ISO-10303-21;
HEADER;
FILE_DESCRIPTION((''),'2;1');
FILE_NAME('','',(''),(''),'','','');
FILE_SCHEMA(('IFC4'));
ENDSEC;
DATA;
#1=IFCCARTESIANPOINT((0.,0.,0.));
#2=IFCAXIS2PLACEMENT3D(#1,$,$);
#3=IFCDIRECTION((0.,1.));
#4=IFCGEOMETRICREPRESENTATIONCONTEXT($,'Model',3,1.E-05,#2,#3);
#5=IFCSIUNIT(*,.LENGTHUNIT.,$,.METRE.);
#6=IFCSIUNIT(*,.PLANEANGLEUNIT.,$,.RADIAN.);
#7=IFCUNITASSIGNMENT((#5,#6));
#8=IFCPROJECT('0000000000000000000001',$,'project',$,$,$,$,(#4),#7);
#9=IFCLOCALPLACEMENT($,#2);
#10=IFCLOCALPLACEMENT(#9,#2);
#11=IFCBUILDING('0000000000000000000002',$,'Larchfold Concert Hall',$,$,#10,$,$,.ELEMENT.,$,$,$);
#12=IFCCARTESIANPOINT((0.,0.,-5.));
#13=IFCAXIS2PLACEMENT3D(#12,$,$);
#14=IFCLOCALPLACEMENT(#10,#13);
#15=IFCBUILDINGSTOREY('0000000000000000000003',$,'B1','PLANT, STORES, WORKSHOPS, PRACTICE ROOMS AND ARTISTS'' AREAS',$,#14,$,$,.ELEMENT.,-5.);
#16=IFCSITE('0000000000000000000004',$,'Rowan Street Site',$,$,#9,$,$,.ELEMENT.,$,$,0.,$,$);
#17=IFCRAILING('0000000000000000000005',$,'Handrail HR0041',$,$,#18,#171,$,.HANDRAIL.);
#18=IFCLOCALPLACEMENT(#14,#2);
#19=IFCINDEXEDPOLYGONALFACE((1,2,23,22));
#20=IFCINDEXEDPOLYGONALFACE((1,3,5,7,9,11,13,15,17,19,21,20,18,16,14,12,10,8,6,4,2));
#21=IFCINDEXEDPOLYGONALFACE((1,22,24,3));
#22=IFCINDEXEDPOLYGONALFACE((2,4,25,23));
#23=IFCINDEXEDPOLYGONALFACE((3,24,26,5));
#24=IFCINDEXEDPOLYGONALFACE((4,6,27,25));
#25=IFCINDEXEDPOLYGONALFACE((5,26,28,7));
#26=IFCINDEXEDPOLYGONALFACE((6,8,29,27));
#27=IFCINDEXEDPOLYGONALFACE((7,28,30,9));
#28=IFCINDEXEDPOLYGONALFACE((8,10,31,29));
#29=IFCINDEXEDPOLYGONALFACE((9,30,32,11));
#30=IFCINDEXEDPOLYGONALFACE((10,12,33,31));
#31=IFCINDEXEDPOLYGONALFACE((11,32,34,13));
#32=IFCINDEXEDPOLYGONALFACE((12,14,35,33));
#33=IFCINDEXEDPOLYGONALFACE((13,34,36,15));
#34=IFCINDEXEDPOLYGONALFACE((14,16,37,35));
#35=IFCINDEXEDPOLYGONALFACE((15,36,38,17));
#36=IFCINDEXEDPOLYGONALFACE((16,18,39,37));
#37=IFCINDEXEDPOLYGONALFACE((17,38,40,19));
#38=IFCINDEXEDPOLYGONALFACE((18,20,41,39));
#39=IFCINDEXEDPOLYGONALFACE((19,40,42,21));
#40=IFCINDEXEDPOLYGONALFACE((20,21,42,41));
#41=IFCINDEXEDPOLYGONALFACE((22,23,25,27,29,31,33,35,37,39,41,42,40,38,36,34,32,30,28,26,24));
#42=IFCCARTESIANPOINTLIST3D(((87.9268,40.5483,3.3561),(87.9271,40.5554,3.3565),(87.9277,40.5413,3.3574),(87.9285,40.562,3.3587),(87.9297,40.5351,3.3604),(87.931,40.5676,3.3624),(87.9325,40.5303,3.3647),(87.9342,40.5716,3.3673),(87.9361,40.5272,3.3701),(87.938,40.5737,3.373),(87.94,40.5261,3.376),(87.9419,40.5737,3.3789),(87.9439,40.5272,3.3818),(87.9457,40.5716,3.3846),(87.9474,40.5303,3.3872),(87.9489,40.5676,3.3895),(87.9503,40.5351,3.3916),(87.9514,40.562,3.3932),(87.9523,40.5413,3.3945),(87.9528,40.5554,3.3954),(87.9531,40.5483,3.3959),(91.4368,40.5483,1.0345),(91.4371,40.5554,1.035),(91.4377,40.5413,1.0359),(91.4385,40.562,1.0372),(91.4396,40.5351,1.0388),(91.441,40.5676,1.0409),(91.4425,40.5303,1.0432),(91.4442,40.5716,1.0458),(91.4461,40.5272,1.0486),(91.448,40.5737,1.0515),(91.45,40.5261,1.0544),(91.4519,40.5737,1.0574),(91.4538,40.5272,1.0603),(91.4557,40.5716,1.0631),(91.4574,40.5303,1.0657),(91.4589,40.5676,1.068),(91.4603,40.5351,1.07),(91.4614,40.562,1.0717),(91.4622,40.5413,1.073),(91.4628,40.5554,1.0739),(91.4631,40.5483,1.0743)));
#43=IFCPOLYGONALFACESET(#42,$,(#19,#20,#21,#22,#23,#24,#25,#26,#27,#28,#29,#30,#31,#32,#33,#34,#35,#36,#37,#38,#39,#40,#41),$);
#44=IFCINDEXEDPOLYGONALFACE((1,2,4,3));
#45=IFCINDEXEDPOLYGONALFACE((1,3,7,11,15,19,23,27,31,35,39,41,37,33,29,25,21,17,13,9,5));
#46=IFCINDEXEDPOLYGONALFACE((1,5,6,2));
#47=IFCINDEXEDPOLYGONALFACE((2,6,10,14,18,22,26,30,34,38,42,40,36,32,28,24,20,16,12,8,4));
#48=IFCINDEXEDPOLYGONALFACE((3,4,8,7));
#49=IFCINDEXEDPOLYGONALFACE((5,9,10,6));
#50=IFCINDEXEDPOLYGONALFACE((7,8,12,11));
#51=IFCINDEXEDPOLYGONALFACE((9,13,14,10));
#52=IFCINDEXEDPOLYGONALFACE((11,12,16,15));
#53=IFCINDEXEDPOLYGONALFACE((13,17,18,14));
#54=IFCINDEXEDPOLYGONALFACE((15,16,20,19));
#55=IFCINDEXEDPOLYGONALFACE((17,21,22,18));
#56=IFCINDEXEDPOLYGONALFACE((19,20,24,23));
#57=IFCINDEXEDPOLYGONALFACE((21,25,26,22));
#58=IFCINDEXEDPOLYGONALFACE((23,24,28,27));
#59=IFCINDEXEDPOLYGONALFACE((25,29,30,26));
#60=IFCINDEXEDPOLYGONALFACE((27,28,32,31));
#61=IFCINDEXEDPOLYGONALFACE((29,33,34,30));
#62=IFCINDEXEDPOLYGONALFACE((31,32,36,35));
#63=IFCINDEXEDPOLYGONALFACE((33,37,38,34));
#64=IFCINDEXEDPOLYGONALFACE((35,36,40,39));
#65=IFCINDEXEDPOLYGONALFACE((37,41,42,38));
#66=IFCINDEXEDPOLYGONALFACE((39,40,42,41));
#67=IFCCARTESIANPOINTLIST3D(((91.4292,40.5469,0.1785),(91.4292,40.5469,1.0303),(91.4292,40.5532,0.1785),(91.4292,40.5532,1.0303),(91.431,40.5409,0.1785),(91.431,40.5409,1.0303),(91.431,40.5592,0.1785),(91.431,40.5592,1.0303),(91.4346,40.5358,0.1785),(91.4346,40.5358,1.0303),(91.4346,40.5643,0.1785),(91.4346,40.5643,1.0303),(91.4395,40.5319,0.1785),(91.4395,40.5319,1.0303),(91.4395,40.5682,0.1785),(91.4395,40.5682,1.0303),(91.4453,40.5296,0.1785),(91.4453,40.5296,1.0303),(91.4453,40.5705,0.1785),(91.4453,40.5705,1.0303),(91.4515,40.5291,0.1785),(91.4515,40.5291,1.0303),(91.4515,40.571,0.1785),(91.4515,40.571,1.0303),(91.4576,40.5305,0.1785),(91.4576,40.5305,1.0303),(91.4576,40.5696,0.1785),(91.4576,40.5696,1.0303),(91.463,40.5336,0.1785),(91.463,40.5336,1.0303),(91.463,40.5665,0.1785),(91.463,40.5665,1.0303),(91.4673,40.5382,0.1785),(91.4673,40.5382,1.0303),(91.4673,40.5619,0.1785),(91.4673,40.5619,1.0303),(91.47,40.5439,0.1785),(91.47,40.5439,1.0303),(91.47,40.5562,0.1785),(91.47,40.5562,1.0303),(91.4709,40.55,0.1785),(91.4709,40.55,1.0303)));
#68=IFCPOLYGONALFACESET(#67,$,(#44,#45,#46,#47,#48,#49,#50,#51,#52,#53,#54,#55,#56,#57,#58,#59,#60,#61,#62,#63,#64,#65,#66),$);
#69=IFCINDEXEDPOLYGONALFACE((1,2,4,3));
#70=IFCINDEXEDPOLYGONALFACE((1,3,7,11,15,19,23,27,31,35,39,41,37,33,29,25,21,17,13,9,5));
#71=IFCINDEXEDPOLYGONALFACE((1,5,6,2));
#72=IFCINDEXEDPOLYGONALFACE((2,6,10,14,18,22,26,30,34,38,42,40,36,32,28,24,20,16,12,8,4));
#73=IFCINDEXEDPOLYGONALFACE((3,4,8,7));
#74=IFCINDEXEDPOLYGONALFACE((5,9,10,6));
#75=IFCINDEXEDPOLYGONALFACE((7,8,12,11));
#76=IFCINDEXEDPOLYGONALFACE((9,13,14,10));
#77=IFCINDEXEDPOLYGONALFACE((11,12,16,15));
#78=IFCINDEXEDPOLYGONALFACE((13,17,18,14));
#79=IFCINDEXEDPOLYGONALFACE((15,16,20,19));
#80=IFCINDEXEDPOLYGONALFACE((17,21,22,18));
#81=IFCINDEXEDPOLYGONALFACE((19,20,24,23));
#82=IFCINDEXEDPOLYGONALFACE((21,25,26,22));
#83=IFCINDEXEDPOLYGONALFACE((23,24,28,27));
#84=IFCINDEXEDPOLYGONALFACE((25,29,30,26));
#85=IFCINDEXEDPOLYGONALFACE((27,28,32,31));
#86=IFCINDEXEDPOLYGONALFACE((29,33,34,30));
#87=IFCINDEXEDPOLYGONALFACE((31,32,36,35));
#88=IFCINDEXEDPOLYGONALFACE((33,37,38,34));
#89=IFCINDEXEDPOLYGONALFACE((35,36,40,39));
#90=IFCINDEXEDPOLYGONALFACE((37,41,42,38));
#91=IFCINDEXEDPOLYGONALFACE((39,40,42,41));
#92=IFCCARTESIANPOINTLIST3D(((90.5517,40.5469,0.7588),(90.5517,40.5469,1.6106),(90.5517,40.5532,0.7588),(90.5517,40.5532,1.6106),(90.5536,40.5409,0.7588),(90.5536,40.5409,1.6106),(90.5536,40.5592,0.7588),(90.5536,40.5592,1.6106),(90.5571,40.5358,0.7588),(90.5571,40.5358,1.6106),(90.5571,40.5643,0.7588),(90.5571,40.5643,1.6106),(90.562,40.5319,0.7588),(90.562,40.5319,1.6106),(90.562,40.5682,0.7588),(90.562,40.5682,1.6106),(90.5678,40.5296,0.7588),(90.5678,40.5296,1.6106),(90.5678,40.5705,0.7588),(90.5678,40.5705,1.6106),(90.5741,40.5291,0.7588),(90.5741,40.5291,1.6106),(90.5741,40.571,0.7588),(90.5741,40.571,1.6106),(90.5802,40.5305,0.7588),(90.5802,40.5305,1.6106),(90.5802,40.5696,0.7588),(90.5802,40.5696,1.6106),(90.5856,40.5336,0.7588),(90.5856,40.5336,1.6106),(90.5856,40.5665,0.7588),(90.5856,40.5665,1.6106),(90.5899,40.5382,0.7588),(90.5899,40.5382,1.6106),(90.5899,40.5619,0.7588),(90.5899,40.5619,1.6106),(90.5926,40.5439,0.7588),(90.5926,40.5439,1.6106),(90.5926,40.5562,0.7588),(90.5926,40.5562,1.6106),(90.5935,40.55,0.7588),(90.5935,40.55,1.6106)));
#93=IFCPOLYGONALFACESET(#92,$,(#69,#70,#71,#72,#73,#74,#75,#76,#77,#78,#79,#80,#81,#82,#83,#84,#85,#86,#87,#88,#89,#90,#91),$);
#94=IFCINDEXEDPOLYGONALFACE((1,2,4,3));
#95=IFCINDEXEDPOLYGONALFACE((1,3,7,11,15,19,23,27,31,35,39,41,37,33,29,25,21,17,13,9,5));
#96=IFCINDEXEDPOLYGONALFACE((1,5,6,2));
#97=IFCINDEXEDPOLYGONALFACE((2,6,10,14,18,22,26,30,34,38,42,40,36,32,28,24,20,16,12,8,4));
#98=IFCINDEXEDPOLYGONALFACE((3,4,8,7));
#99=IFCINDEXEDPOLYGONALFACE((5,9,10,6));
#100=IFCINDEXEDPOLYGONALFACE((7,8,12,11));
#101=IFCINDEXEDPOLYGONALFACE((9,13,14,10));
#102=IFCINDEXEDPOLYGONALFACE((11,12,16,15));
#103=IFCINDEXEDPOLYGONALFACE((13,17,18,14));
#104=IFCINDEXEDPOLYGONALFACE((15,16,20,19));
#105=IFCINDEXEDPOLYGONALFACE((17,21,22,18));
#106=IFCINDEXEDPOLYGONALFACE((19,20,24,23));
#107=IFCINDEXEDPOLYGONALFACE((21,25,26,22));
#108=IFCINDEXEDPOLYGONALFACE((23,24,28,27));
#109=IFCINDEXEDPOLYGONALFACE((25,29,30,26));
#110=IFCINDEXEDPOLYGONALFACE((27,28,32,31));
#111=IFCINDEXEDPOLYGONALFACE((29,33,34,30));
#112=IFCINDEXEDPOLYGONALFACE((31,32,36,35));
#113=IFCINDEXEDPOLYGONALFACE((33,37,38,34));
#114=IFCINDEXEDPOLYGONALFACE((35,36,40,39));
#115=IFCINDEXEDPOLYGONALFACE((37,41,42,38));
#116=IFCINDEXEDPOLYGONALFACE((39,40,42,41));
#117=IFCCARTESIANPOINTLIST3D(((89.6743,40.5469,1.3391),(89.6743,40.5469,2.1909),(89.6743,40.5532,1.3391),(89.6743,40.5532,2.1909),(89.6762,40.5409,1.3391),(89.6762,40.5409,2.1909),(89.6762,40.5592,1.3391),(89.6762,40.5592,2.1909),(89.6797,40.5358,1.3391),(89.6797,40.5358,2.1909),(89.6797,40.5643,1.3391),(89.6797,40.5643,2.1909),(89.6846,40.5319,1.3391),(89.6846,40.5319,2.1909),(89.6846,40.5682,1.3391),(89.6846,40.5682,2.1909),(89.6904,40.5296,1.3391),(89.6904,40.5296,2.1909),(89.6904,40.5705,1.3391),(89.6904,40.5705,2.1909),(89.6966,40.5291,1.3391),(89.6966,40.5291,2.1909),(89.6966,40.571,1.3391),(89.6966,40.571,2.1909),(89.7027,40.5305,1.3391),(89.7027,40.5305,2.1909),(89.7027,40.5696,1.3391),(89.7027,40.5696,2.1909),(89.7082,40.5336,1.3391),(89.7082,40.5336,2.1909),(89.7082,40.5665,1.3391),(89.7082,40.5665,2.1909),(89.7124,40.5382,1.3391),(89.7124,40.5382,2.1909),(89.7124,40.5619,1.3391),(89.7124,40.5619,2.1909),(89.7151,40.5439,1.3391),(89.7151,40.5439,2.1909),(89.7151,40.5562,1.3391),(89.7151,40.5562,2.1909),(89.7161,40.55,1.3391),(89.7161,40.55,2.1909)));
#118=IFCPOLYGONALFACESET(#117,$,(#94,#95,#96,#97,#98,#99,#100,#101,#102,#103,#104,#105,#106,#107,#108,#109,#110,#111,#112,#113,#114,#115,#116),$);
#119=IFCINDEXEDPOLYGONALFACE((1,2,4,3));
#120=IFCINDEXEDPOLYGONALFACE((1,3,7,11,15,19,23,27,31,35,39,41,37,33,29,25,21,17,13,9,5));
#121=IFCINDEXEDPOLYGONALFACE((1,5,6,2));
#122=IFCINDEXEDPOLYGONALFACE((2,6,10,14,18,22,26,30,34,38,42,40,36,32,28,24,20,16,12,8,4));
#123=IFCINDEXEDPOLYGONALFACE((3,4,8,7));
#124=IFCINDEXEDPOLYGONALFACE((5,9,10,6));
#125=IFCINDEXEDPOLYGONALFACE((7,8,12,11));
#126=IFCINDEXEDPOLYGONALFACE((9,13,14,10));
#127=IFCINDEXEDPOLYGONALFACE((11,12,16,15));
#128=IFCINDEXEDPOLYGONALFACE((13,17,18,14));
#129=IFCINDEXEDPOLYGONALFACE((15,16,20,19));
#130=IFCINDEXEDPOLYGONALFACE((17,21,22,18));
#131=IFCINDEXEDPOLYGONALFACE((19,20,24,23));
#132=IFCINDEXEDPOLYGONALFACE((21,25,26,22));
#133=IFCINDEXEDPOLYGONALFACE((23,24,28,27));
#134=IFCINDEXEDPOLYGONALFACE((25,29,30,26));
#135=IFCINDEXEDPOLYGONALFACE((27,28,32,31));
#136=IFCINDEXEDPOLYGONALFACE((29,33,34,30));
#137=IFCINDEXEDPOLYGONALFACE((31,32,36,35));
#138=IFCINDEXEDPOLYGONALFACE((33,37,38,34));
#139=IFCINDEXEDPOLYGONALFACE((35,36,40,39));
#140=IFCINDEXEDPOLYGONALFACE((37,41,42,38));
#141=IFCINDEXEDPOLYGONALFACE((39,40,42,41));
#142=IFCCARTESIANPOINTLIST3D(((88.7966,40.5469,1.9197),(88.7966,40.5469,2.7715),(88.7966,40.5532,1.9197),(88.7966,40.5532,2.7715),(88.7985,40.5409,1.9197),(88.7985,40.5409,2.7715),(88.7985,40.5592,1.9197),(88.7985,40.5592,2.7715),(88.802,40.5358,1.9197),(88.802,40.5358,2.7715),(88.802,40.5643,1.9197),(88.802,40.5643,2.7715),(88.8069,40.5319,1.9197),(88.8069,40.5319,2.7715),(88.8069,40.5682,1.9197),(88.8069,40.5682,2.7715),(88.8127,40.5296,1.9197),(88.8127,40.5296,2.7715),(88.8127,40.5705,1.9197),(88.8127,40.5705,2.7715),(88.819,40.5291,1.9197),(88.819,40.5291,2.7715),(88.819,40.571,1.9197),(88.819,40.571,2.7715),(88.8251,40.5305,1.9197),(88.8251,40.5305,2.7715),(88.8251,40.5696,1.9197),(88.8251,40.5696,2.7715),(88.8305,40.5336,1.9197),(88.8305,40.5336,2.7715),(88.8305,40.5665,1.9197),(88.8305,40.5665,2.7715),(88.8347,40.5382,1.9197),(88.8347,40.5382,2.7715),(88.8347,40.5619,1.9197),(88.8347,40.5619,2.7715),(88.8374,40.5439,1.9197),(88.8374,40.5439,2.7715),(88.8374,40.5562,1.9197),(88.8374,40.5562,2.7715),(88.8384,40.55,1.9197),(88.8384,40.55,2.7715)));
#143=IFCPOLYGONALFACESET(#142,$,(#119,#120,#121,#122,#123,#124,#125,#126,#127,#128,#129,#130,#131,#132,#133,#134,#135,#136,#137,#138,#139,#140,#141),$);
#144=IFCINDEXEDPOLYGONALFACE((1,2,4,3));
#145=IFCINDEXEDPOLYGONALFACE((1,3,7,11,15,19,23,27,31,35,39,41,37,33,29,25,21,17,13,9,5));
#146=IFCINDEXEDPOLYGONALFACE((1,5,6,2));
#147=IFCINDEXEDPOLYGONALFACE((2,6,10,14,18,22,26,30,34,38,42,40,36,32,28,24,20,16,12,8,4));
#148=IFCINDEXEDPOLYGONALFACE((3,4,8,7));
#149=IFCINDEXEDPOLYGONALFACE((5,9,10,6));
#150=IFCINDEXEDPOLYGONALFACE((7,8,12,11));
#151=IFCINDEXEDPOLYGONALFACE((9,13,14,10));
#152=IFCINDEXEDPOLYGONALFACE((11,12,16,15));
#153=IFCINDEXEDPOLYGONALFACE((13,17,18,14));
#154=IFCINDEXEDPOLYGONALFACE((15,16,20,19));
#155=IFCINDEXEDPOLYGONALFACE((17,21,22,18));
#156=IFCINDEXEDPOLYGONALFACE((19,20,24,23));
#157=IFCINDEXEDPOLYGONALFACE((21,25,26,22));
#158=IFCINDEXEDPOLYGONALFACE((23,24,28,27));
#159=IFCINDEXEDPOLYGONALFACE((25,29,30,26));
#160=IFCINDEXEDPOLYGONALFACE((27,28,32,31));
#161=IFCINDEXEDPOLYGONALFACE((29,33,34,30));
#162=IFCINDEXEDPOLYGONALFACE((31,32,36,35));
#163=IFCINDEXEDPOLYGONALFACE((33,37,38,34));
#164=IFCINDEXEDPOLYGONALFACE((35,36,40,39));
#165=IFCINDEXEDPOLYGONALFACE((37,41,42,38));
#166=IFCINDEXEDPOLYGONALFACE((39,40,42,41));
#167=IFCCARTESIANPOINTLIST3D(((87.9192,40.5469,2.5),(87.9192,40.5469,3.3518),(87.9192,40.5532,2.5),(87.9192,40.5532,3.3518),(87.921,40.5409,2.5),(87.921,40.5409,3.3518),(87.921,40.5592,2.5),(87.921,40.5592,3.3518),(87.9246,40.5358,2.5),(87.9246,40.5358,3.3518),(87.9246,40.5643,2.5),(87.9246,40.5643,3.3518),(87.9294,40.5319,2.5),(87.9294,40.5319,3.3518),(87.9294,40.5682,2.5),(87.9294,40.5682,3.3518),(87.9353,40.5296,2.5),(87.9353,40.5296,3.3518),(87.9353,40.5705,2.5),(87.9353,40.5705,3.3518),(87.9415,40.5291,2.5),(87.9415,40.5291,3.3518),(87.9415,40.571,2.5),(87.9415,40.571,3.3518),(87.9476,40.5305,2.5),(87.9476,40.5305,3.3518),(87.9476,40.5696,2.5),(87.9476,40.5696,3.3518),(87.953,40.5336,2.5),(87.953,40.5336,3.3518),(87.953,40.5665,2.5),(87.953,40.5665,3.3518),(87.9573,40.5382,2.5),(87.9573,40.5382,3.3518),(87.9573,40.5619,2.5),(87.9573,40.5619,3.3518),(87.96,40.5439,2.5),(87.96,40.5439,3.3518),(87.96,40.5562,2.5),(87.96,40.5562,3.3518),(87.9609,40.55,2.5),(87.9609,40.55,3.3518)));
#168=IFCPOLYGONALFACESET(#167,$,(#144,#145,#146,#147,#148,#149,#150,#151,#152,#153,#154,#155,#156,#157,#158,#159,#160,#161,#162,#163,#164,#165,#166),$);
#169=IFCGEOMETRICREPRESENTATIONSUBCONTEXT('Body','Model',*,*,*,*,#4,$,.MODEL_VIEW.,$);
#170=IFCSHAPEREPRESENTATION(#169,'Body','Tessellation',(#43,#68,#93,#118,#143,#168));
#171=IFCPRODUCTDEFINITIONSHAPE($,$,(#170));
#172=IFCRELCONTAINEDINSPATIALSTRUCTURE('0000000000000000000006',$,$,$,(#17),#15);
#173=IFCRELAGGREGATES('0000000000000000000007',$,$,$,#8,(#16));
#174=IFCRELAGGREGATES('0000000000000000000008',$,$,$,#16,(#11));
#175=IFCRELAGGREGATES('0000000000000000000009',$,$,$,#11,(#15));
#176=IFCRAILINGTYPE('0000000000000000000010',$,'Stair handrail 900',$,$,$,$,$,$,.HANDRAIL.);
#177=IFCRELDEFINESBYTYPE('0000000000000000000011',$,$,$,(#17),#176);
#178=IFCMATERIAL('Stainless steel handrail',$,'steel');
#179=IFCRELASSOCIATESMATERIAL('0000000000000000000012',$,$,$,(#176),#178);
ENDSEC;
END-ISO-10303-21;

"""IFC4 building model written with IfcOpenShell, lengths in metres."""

from ifc_helpers import new_model, si_unit, direction, frame, origin, origin_2d, place, context, subcontext, project, spatial, circle, extrude, material, type_object, element, save


model = new_model("IFC4")

# Units and contexts
model_context = context("Model", 3, precision=1e-05, world=origin(), true_north=direction((0.0, 1.0)))
body_context = subcontext(model_context, "Body", "Model", "MODEL_VIEW")
ifc_project = project(units=[si_unit("LENGTHUNIT", "METRE"), si_unit("PLANEANGLEUNIT", "RADIAN")], contexts=[model_context])

# Site, building, storey
site_placement = place(None, origin())
site = spatial("IfcSite", under=ifc_project, at=site_placement, Name="Rowan Street Site", CompositionType="ELEMENT", RefElevation=0.0)
building_placement = place(site_placement, origin())
building = spatial("IfcBuilding", under=site, at=building_placement, Name="Larchfold Concert Hall", CompositionType="ELEMENT")
storey_placement = place(building_placement, frame((0.0, 0.0, -5.0)))
storey = spatial("IfcBuildingStorey", under=building, at=storey_placement, Name="B1", Description="PLANT, STORES, WORKSHOPS, PRACTICE ROOMS AND ARTISTS' AREAS", CompositionType="ELEMENT", Elevation=-5.0)

# Railing
ifc_material_1 = material(Name="Stainless steel handrail", Category="steel")
railing_type_1 = type_object("IfcRailingType", Name="Stair handrail 900", PredefinedType="HANDRAIL", material=ifc_material_1)
railing_1_placement = place(storey_placement, frame((91.45, 40.55, 0.1785)))
element("IfcRailing", 1, at=railing_1_placement, inside=storey, type_object=railing_type_1, Name="Handrail HR0041", PredefinedType="HANDRAIL", context=body_context, shape_type="SweptSolid", body=[
    extrude(circle(Radius=0.0239, at=origin_2d()), frame((0.0, 0.0, 0.876), z_axis=(-0.834071, 0.0, 0.551657), x_axis=(0.0, -1.0, 0.0)), (0.0, 0.0, 1.0), 4.2083),
    extrude(circle(Radius=0.021, at=origin_2d()), origin(), (0.0, 0.0, 1.0), 0.8518),
    extrude(circle(Radius=0.021, at=origin_2d()), frame((-0.8774, 0.0, 0.5803)), (0.0, 0.0, 1.0), 0.8518),
    extrude(circle(Radius=0.021, at=origin_2d()), frame((-1.7549, 0.0, 1.1606)), (0.0, 0.0, 1.0), 0.8518),
    extrude(circle(Radius=0.021, at=origin_2d()), frame((-2.6326, 0.0, 1.7412)), (0.0, 0.0, 1.0), 0.8518),
    extrude(circle(Radius=0.021, at=origin_2d()), frame((-3.51, 0.0, 2.3215)), (0.0, 0.0, 1.0), 0.8518),
])

save(model, "model.ifc")
